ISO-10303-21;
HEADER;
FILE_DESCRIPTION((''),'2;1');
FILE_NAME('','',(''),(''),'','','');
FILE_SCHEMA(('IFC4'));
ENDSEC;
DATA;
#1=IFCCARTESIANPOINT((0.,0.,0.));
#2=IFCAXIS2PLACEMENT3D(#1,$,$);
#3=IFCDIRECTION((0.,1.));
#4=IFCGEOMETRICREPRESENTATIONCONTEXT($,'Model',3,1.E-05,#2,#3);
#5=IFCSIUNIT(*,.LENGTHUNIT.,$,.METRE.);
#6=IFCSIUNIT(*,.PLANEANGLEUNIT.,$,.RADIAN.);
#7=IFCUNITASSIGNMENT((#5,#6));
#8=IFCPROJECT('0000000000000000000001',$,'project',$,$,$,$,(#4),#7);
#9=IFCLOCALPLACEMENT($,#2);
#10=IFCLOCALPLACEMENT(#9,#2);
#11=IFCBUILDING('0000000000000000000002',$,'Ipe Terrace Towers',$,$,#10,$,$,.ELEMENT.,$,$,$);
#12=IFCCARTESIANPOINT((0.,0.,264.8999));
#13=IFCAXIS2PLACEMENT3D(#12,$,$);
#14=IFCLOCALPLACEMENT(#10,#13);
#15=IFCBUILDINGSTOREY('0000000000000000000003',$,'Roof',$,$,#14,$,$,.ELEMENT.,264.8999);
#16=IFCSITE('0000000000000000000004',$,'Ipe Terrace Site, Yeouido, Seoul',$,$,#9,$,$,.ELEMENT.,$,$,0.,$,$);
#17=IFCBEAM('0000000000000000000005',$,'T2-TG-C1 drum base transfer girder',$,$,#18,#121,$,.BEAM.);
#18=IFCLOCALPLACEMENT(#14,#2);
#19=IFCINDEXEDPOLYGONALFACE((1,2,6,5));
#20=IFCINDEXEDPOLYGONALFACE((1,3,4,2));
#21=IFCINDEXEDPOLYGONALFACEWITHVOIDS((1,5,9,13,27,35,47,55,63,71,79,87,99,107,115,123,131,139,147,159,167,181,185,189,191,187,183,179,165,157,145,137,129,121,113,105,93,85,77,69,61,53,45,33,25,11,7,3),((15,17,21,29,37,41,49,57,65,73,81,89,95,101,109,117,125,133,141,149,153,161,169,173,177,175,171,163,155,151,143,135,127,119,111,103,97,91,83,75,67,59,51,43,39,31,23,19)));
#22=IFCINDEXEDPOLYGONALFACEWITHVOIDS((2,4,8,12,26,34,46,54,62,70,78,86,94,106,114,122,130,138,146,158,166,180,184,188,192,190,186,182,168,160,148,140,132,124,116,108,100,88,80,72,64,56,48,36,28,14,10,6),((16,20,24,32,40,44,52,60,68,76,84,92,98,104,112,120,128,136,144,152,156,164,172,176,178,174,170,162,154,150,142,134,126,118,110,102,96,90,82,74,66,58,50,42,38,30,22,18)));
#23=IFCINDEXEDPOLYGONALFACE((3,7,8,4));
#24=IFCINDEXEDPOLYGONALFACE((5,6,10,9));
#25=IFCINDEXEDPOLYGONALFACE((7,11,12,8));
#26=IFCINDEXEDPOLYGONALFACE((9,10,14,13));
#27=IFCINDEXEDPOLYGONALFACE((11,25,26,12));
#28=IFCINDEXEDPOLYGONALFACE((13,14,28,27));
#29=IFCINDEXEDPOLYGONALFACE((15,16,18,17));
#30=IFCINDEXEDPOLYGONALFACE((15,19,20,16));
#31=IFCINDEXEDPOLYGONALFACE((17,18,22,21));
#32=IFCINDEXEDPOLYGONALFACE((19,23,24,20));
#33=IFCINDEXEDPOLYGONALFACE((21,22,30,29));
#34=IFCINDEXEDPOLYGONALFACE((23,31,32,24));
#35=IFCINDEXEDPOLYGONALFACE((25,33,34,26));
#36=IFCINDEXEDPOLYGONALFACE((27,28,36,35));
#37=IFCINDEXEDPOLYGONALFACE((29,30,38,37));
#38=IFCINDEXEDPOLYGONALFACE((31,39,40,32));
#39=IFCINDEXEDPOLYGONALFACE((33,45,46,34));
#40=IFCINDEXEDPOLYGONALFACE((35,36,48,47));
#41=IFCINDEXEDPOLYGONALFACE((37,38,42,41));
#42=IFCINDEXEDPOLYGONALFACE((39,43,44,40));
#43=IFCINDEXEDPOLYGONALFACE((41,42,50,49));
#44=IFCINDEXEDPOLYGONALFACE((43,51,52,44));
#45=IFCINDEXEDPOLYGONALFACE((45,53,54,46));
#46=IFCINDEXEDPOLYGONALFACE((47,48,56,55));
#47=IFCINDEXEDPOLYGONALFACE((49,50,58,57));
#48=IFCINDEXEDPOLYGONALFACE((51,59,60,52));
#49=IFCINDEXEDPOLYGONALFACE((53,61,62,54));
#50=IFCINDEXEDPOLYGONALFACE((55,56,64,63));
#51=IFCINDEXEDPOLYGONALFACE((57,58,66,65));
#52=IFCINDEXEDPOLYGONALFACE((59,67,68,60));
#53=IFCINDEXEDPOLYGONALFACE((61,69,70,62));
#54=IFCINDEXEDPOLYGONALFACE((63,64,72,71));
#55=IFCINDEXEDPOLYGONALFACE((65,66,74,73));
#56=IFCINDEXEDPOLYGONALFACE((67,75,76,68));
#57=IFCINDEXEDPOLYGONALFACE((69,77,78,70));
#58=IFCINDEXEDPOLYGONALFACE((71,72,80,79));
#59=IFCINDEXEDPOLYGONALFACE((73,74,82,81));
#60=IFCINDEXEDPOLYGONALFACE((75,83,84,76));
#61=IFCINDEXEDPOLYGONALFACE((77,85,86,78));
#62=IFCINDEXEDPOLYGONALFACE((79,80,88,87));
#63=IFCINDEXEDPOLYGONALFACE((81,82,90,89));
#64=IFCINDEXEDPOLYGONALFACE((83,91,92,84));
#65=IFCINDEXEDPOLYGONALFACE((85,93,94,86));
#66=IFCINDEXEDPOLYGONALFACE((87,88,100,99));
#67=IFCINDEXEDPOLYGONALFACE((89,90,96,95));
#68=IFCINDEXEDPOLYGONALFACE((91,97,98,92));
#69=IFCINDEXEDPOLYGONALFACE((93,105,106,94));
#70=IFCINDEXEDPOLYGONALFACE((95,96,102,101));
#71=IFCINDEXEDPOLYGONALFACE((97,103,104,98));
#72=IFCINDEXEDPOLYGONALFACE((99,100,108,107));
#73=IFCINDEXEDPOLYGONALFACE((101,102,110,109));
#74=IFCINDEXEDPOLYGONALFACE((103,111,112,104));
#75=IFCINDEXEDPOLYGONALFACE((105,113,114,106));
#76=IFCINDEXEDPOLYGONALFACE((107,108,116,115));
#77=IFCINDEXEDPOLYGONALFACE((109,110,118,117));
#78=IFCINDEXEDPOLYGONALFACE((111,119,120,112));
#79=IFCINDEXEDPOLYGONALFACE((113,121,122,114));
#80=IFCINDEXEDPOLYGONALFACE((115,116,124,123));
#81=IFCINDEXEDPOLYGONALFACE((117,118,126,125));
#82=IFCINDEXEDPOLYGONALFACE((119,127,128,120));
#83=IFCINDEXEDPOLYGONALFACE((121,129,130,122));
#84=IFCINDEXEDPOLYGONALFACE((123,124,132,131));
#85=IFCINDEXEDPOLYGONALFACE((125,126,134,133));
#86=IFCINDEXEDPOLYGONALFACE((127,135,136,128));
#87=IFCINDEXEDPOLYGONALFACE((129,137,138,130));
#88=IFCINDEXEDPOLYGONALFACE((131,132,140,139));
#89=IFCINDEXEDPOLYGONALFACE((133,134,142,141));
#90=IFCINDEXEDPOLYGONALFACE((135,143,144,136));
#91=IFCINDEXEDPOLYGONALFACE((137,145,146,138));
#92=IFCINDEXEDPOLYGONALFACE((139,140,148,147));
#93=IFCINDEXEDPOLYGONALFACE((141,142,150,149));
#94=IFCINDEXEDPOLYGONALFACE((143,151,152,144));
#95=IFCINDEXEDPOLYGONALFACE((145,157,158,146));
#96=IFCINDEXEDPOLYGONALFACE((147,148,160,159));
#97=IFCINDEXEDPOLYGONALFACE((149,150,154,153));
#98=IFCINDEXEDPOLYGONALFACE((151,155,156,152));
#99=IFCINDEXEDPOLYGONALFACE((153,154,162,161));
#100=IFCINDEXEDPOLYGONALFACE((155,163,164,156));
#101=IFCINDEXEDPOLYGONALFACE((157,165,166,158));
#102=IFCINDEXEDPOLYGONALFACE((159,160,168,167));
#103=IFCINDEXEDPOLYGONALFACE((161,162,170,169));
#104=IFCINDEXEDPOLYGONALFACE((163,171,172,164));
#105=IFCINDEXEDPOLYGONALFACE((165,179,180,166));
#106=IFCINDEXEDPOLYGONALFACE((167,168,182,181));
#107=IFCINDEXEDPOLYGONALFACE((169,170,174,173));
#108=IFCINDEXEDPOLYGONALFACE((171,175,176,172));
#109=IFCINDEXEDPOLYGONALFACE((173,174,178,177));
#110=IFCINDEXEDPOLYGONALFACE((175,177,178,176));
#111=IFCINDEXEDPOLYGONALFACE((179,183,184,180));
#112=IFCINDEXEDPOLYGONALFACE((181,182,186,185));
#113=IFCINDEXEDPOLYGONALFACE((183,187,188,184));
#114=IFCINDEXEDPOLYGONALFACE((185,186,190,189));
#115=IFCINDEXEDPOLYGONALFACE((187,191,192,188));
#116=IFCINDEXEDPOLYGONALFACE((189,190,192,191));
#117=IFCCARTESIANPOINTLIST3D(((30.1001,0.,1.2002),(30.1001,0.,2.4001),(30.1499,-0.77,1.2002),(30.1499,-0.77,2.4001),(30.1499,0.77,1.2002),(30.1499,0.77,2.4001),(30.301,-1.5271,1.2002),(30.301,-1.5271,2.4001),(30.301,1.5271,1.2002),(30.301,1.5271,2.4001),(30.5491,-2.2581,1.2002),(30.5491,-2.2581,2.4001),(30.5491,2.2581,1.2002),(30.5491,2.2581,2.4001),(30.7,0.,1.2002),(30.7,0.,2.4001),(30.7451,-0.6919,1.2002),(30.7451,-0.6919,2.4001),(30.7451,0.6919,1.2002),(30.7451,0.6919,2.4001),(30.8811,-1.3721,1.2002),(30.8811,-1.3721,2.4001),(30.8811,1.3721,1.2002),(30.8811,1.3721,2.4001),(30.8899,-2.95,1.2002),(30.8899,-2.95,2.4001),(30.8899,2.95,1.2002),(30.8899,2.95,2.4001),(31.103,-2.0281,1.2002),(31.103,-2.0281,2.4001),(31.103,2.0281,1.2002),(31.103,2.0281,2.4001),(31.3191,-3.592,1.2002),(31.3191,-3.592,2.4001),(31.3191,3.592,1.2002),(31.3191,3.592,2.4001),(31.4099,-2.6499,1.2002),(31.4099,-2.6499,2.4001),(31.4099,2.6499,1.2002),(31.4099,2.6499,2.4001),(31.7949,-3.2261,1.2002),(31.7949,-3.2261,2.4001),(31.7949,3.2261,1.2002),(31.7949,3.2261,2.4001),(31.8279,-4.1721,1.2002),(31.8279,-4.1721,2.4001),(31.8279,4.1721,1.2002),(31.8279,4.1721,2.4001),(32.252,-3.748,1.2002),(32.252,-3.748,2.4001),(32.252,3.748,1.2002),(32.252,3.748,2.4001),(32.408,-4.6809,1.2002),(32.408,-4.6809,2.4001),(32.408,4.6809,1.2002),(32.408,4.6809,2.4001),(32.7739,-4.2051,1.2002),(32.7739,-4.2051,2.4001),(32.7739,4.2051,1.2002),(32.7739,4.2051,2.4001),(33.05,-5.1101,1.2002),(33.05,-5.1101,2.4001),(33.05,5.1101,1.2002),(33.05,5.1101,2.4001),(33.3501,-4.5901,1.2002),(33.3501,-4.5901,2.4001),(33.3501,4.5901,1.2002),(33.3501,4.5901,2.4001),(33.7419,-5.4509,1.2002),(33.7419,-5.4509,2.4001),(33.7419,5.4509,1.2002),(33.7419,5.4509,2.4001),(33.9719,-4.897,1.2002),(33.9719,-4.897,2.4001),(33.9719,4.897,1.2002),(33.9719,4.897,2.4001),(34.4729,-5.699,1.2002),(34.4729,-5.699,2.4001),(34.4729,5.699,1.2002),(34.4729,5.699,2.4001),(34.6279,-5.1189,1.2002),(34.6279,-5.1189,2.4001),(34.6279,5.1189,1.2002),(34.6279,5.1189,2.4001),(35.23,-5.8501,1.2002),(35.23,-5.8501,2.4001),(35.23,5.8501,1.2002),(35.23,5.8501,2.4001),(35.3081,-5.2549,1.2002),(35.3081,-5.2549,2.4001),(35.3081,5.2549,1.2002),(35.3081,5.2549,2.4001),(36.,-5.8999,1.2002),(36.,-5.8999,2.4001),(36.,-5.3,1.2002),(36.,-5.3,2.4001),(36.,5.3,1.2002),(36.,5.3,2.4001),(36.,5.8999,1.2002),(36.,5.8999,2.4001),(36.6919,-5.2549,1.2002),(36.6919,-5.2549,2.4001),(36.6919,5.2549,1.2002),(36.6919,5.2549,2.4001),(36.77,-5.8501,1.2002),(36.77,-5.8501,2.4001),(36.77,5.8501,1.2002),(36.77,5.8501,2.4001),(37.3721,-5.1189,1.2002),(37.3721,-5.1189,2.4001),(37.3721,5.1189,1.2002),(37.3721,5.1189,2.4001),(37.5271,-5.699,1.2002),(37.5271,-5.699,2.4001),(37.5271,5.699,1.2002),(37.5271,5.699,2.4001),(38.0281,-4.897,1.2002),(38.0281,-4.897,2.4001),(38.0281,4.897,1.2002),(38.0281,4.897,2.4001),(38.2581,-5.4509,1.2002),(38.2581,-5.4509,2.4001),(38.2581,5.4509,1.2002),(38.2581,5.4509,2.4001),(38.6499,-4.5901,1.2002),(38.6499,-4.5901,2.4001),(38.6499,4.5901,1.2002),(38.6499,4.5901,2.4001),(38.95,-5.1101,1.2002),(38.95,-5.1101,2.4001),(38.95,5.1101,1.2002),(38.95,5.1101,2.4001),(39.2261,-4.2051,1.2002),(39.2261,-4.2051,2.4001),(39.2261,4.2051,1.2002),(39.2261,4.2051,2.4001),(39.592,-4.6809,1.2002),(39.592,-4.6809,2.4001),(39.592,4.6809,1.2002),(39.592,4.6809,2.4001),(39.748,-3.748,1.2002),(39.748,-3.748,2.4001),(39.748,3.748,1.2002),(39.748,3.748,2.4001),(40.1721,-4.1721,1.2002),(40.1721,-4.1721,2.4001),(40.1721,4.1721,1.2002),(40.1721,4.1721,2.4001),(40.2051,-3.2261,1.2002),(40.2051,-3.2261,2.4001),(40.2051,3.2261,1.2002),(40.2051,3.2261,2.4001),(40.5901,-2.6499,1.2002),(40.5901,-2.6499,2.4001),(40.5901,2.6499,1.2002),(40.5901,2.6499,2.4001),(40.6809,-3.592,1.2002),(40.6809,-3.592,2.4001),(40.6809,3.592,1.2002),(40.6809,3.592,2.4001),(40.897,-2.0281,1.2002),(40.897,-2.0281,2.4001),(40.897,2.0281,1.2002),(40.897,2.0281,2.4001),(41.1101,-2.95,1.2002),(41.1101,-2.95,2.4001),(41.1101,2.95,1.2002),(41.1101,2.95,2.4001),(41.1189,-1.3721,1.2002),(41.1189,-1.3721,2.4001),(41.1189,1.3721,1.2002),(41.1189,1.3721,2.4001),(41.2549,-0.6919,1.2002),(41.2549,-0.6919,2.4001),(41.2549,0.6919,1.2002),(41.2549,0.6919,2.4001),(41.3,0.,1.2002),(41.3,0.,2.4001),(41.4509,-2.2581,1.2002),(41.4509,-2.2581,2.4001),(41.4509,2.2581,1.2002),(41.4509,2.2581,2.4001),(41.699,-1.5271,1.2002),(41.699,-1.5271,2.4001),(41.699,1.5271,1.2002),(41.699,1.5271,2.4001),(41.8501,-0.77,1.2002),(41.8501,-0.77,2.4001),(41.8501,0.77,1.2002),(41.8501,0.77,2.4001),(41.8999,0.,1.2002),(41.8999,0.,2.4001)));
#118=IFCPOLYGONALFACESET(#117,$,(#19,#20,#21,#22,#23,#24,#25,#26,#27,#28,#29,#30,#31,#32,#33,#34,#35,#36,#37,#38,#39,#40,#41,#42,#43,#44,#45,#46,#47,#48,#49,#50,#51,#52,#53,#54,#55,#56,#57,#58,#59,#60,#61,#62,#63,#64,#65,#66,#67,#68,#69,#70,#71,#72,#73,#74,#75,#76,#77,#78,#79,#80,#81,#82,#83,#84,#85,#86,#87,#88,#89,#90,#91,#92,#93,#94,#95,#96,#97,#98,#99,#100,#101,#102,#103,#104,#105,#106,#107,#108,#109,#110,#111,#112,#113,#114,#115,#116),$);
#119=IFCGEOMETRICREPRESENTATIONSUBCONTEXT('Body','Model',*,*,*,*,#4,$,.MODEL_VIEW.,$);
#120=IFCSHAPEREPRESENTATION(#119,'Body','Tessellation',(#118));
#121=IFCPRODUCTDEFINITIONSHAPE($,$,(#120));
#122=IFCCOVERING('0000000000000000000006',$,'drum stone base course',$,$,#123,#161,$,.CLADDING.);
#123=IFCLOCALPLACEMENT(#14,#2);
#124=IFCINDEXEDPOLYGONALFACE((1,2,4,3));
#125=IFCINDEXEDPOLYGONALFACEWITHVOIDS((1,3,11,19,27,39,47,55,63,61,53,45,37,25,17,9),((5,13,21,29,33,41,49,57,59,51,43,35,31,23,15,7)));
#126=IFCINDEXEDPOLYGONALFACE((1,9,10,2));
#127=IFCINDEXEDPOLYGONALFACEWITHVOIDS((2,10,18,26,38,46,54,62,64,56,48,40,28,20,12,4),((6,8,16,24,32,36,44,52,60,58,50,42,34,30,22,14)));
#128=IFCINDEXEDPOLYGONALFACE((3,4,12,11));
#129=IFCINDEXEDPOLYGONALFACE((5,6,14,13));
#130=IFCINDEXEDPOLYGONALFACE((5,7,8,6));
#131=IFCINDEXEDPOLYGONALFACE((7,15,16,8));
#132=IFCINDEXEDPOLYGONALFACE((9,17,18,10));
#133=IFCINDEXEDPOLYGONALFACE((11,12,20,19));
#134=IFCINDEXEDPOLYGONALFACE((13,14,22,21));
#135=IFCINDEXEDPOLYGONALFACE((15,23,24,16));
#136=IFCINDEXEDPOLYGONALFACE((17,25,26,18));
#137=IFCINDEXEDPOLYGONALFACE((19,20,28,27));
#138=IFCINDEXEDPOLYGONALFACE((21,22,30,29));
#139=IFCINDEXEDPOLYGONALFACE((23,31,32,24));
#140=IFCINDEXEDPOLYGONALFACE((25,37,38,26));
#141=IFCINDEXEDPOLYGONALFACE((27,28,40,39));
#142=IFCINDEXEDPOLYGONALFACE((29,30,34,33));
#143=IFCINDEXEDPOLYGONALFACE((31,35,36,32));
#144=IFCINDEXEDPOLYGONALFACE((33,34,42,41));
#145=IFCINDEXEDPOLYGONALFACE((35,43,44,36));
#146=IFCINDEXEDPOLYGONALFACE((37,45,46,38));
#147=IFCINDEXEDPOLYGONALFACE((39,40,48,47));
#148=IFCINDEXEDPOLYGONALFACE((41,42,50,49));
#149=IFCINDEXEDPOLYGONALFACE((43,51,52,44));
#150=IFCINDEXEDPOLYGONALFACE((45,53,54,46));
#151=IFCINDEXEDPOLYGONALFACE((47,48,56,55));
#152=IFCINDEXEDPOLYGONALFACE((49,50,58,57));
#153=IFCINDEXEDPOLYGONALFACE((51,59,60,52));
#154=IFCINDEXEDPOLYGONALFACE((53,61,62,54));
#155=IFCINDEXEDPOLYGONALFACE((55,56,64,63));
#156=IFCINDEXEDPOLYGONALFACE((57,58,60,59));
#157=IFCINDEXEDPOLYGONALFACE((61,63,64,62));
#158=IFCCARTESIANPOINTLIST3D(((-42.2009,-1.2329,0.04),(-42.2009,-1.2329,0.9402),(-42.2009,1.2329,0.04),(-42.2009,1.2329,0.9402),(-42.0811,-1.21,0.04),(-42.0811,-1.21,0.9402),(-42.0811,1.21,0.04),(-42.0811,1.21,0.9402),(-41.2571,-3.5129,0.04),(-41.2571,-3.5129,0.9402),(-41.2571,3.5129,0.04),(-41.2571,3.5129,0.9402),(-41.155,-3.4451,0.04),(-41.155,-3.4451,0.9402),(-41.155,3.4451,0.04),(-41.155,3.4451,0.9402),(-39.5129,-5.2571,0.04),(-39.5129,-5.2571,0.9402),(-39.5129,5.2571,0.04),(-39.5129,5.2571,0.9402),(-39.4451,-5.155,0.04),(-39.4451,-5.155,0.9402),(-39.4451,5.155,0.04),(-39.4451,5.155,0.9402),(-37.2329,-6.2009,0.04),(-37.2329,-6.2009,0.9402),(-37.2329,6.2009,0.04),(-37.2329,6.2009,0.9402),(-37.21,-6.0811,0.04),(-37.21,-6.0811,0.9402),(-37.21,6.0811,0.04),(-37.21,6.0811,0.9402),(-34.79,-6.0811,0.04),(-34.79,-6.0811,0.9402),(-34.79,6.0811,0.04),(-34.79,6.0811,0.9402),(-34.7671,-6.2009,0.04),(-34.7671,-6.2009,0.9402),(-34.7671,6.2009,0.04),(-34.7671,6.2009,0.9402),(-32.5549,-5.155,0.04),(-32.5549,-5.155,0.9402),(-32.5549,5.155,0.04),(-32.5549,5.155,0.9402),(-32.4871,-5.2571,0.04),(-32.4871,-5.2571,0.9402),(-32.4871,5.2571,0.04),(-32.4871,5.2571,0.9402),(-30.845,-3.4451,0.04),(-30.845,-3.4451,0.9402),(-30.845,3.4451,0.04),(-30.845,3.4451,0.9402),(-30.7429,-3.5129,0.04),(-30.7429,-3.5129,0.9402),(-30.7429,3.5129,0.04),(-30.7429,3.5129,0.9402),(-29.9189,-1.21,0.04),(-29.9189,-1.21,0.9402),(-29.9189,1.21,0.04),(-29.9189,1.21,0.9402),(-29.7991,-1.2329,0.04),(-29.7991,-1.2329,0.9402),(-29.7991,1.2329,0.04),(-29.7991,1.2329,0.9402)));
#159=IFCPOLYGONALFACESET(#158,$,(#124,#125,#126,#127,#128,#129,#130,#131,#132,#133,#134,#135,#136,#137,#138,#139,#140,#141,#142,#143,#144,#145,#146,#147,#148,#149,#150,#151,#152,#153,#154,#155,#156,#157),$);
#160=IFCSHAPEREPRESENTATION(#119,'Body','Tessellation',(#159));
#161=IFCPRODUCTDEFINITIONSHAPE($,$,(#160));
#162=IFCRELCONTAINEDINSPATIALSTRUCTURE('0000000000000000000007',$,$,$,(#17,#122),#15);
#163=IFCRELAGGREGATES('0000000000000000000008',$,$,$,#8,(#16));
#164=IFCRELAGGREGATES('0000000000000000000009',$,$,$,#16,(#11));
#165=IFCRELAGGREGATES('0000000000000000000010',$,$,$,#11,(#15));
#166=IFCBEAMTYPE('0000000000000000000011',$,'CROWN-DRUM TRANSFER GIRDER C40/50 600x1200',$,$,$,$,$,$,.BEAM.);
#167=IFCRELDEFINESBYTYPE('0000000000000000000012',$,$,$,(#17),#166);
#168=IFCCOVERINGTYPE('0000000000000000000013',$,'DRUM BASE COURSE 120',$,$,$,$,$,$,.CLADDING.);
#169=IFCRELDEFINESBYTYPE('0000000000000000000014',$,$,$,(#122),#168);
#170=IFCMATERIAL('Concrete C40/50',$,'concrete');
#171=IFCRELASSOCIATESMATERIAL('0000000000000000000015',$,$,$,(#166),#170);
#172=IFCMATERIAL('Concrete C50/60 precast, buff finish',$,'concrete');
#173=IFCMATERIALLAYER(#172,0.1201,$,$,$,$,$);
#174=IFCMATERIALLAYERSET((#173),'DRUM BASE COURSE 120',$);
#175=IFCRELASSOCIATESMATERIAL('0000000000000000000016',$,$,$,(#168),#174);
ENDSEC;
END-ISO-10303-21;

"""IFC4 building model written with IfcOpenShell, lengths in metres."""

from ifc_helpers import new_model, si_unit, direction, frame, origin, place, context, subcontext, project, spatial, polyline, outline, extrude, material, layer, layer_set, type_object, element, save


model = new_model("IFC4")

# Units and contexts
model_context = context("Model", 3, precision=1e-05, world=origin(), true_north=direction((0.0, 1.0)))
body_context = subcontext(model_context, "Body", "Model", "MODEL_VIEW")
ifc_project = project(units=[si_unit("LENGTHUNIT", "METRE"), si_unit("PLANEANGLEUNIT", "RADIAN")], contexts=[model_context])

# Site, building, storey
site_placement = place(None, origin())
site = spatial("IfcSite", under=ifc_project, at=site_placement, Name="Ipe Terrace Site, Yeouido, Seoul", CompositionType="ELEMENT", RefElevation=0.0)
building_placement = place(site_placement, origin())
building = spatial("IfcBuilding", under=site, at=building_placement, Name="Ipe Terrace Towers", CompositionType="ELEMENT")
storey_placement = place(building_placement, frame((0.0, 0.0, 264.8999)))
storey = spatial("IfcBuildingStorey", under=building, at=storey_placement, Name="Roof", CompositionType="ELEMENT", Elevation=264.8999)

# Beam
ifc_material_1 = material(Name="Concrete C40/50", Category="concrete")
beam_type_1 = type_object("IfcBeamType", Name="CROWN-DRUM TRANSFER GIRDER C40/50 600x1200", PredefinedType="BEAM", material=ifc_material_1)
beam_1_placement = place(storey_placement, frame((0.0, 0.0, 1.2002)))
element("IfcBeam", 1, at=beam_1_placement, inside=storey, type_object=beam_type_1, Name="T2-TG-C1 drum base transfer girder", PredefinedType="BEAM", context=body_context, shape_type="SweptSolid", body=[
    extrude(outline(polyline([(36.0, 5.8999), (35.23, 5.8501), (34.4729, 5.699), (33.7419, 5.4509), (33.05, 5.1101), (32.408, 4.6809), (31.8279, 4.1721), (31.3191, 3.592), (30.8899, 2.95), (30.5491, 2.2581), (30.301, 1.5271), (30.1499, 0.77), (30.1001, 0.0), (30.1499, -0.77), (30.301, -1.5271), (30.5491, -2.2581), (30.8899, -2.95), (31.3191, -3.592), (31.8279, -4.1721), (32.408, -4.6809), (33.05, -5.1101), (33.7419, -5.4509), (34.4729, -5.699), (35.23, -5.8501), (36.0, -5.8999), (36.77, -5.8501), (37.5271, -5.699), (38.2581, -5.4509), (38.95, -5.1101), (39.592, -4.6809), (40.1721, -4.1721), (40.6809, -3.592), (41.1101, -2.95), (41.4509, -2.2581), (41.699, -1.5271), (41.8501, -0.77), (41.8999, 0.0), (41.8501, 0.77), (41.699, 1.5271), (41.4509, 2.2581), (41.1101, 2.95), (40.6809, 3.592), (40.1721, 4.1721), (39.592, 4.6809), (38.95, 5.1101), (38.2581, 5.4509), (37.5271, 5.699), (36.77, 5.8501), (36.0, 5.8999)]), holes=[polyline([(36.0, 5.3), (35.3081, 5.2549), (34.6279, 5.1189), (33.9719, 4.897), (33.3501, 4.5901), (32.7739, 4.2051), (32.252, 3.748), (31.7949, 3.2261), (31.4099, 2.6499), (31.103, 2.0281), (30.8811, 1.3721), (30.7451, 0.6919), (30.7, 0.0), (30.7451, -0.6919), (30.8811, -1.3721), (31.103, -2.0281), (31.4099, -2.6499), (31.7949, -3.2261), (32.252, -3.748), (32.7739, -4.2051), (33.3501, -4.5901), (33.9719, -4.897), (34.6279, -5.1189), (35.3081, -5.2549), (36.0, -5.3), (36.6919, -5.2549), (37.3721, -5.1189), (38.0281, -4.897), (38.6499, -4.5901), (39.2261, -4.2051), (39.748, -3.748), (40.2051, -3.2261), (40.5901, -2.6499), (40.897, -2.0281), (41.1189, -1.3721), (41.2549, -0.6919), (41.3, 0.0), (41.2549, 0.6919), (41.1189, 1.3721), (40.897, 2.0281), (40.5901, 2.6499), (40.2051, 3.2261), (39.748, 3.748), (39.2261, 4.2051), (38.6499, 4.5901), (38.0281, 4.897), (37.3721, 5.1189), (36.6919, 5.2549), (36.0, 5.3)])]), origin(), (0.0, 0.0, 1.0), 1.2),
])

# Covering
ifc_material_2 = material(Name="Concrete C50/60 precast, buff finish", Category="concrete")
ifc_layer_1 = layer(ifc_material_2, 0.1201)
ifc_layer_set_1 = layer_set([ifc_layer_1], Name="DRUM BASE COURSE 120")
covering_type_1 = type_object("IfcCoveringType", Name="DRUM BASE COURSE 120", PredefinedType="CLADDING", material=ifc_layer_set_1)
covering_1_placement = place(storey_placement, frame((0.0, 0.0, 0.04)))
element("IfcCovering", 2, at=covering_1_placement, inside=storey, type_object=covering_type_1, Name="drum stone base course", PredefinedType="CLADDING", context=body_context, shape_type="SweptSolid", body=[
    extrude(outline(polyline([(-29.7991, -1.2329), (-30.7429, -3.5129), (-32.4871, -5.2571), (-34.7671, -6.2009), (-37.2329, -6.2009), (-39.5129, -5.2571), (-41.2571, -3.5129), (-42.2009, -1.2329), (-42.2009, 1.2329), (-41.2571, 3.5129), (-39.5129, 5.2571), (-37.2329, 6.2009), (-34.7671, 6.2009), (-32.4871, 5.2571), (-30.7429, 3.5129), (-29.7991, 1.2329), (-29.7991, -1.2329)]), holes=[polyline([(-30.845, 3.4451), (-32.5549, 5.155), (-34.79, 6.0811), (-37.21, 6.0811), (-39.4451, 5.155), (-41.155, 3.4451), (-42.0811, 1.21), (-42.0811, -1.21), (-41.155, -3.4451), (-39.4451, -5.155), (-37.21, -6.0811), (-34.79, -6.0811), (-32.5549, -5.155), (-30.845, -3.4451), (-29.9189, -1.21), (-29.9189, 1.21), (-30.845, 3.4451)])]), origin(), (0.0, 0.0, 1.0), 0.9001),
])

save(model, "model.ifc")
